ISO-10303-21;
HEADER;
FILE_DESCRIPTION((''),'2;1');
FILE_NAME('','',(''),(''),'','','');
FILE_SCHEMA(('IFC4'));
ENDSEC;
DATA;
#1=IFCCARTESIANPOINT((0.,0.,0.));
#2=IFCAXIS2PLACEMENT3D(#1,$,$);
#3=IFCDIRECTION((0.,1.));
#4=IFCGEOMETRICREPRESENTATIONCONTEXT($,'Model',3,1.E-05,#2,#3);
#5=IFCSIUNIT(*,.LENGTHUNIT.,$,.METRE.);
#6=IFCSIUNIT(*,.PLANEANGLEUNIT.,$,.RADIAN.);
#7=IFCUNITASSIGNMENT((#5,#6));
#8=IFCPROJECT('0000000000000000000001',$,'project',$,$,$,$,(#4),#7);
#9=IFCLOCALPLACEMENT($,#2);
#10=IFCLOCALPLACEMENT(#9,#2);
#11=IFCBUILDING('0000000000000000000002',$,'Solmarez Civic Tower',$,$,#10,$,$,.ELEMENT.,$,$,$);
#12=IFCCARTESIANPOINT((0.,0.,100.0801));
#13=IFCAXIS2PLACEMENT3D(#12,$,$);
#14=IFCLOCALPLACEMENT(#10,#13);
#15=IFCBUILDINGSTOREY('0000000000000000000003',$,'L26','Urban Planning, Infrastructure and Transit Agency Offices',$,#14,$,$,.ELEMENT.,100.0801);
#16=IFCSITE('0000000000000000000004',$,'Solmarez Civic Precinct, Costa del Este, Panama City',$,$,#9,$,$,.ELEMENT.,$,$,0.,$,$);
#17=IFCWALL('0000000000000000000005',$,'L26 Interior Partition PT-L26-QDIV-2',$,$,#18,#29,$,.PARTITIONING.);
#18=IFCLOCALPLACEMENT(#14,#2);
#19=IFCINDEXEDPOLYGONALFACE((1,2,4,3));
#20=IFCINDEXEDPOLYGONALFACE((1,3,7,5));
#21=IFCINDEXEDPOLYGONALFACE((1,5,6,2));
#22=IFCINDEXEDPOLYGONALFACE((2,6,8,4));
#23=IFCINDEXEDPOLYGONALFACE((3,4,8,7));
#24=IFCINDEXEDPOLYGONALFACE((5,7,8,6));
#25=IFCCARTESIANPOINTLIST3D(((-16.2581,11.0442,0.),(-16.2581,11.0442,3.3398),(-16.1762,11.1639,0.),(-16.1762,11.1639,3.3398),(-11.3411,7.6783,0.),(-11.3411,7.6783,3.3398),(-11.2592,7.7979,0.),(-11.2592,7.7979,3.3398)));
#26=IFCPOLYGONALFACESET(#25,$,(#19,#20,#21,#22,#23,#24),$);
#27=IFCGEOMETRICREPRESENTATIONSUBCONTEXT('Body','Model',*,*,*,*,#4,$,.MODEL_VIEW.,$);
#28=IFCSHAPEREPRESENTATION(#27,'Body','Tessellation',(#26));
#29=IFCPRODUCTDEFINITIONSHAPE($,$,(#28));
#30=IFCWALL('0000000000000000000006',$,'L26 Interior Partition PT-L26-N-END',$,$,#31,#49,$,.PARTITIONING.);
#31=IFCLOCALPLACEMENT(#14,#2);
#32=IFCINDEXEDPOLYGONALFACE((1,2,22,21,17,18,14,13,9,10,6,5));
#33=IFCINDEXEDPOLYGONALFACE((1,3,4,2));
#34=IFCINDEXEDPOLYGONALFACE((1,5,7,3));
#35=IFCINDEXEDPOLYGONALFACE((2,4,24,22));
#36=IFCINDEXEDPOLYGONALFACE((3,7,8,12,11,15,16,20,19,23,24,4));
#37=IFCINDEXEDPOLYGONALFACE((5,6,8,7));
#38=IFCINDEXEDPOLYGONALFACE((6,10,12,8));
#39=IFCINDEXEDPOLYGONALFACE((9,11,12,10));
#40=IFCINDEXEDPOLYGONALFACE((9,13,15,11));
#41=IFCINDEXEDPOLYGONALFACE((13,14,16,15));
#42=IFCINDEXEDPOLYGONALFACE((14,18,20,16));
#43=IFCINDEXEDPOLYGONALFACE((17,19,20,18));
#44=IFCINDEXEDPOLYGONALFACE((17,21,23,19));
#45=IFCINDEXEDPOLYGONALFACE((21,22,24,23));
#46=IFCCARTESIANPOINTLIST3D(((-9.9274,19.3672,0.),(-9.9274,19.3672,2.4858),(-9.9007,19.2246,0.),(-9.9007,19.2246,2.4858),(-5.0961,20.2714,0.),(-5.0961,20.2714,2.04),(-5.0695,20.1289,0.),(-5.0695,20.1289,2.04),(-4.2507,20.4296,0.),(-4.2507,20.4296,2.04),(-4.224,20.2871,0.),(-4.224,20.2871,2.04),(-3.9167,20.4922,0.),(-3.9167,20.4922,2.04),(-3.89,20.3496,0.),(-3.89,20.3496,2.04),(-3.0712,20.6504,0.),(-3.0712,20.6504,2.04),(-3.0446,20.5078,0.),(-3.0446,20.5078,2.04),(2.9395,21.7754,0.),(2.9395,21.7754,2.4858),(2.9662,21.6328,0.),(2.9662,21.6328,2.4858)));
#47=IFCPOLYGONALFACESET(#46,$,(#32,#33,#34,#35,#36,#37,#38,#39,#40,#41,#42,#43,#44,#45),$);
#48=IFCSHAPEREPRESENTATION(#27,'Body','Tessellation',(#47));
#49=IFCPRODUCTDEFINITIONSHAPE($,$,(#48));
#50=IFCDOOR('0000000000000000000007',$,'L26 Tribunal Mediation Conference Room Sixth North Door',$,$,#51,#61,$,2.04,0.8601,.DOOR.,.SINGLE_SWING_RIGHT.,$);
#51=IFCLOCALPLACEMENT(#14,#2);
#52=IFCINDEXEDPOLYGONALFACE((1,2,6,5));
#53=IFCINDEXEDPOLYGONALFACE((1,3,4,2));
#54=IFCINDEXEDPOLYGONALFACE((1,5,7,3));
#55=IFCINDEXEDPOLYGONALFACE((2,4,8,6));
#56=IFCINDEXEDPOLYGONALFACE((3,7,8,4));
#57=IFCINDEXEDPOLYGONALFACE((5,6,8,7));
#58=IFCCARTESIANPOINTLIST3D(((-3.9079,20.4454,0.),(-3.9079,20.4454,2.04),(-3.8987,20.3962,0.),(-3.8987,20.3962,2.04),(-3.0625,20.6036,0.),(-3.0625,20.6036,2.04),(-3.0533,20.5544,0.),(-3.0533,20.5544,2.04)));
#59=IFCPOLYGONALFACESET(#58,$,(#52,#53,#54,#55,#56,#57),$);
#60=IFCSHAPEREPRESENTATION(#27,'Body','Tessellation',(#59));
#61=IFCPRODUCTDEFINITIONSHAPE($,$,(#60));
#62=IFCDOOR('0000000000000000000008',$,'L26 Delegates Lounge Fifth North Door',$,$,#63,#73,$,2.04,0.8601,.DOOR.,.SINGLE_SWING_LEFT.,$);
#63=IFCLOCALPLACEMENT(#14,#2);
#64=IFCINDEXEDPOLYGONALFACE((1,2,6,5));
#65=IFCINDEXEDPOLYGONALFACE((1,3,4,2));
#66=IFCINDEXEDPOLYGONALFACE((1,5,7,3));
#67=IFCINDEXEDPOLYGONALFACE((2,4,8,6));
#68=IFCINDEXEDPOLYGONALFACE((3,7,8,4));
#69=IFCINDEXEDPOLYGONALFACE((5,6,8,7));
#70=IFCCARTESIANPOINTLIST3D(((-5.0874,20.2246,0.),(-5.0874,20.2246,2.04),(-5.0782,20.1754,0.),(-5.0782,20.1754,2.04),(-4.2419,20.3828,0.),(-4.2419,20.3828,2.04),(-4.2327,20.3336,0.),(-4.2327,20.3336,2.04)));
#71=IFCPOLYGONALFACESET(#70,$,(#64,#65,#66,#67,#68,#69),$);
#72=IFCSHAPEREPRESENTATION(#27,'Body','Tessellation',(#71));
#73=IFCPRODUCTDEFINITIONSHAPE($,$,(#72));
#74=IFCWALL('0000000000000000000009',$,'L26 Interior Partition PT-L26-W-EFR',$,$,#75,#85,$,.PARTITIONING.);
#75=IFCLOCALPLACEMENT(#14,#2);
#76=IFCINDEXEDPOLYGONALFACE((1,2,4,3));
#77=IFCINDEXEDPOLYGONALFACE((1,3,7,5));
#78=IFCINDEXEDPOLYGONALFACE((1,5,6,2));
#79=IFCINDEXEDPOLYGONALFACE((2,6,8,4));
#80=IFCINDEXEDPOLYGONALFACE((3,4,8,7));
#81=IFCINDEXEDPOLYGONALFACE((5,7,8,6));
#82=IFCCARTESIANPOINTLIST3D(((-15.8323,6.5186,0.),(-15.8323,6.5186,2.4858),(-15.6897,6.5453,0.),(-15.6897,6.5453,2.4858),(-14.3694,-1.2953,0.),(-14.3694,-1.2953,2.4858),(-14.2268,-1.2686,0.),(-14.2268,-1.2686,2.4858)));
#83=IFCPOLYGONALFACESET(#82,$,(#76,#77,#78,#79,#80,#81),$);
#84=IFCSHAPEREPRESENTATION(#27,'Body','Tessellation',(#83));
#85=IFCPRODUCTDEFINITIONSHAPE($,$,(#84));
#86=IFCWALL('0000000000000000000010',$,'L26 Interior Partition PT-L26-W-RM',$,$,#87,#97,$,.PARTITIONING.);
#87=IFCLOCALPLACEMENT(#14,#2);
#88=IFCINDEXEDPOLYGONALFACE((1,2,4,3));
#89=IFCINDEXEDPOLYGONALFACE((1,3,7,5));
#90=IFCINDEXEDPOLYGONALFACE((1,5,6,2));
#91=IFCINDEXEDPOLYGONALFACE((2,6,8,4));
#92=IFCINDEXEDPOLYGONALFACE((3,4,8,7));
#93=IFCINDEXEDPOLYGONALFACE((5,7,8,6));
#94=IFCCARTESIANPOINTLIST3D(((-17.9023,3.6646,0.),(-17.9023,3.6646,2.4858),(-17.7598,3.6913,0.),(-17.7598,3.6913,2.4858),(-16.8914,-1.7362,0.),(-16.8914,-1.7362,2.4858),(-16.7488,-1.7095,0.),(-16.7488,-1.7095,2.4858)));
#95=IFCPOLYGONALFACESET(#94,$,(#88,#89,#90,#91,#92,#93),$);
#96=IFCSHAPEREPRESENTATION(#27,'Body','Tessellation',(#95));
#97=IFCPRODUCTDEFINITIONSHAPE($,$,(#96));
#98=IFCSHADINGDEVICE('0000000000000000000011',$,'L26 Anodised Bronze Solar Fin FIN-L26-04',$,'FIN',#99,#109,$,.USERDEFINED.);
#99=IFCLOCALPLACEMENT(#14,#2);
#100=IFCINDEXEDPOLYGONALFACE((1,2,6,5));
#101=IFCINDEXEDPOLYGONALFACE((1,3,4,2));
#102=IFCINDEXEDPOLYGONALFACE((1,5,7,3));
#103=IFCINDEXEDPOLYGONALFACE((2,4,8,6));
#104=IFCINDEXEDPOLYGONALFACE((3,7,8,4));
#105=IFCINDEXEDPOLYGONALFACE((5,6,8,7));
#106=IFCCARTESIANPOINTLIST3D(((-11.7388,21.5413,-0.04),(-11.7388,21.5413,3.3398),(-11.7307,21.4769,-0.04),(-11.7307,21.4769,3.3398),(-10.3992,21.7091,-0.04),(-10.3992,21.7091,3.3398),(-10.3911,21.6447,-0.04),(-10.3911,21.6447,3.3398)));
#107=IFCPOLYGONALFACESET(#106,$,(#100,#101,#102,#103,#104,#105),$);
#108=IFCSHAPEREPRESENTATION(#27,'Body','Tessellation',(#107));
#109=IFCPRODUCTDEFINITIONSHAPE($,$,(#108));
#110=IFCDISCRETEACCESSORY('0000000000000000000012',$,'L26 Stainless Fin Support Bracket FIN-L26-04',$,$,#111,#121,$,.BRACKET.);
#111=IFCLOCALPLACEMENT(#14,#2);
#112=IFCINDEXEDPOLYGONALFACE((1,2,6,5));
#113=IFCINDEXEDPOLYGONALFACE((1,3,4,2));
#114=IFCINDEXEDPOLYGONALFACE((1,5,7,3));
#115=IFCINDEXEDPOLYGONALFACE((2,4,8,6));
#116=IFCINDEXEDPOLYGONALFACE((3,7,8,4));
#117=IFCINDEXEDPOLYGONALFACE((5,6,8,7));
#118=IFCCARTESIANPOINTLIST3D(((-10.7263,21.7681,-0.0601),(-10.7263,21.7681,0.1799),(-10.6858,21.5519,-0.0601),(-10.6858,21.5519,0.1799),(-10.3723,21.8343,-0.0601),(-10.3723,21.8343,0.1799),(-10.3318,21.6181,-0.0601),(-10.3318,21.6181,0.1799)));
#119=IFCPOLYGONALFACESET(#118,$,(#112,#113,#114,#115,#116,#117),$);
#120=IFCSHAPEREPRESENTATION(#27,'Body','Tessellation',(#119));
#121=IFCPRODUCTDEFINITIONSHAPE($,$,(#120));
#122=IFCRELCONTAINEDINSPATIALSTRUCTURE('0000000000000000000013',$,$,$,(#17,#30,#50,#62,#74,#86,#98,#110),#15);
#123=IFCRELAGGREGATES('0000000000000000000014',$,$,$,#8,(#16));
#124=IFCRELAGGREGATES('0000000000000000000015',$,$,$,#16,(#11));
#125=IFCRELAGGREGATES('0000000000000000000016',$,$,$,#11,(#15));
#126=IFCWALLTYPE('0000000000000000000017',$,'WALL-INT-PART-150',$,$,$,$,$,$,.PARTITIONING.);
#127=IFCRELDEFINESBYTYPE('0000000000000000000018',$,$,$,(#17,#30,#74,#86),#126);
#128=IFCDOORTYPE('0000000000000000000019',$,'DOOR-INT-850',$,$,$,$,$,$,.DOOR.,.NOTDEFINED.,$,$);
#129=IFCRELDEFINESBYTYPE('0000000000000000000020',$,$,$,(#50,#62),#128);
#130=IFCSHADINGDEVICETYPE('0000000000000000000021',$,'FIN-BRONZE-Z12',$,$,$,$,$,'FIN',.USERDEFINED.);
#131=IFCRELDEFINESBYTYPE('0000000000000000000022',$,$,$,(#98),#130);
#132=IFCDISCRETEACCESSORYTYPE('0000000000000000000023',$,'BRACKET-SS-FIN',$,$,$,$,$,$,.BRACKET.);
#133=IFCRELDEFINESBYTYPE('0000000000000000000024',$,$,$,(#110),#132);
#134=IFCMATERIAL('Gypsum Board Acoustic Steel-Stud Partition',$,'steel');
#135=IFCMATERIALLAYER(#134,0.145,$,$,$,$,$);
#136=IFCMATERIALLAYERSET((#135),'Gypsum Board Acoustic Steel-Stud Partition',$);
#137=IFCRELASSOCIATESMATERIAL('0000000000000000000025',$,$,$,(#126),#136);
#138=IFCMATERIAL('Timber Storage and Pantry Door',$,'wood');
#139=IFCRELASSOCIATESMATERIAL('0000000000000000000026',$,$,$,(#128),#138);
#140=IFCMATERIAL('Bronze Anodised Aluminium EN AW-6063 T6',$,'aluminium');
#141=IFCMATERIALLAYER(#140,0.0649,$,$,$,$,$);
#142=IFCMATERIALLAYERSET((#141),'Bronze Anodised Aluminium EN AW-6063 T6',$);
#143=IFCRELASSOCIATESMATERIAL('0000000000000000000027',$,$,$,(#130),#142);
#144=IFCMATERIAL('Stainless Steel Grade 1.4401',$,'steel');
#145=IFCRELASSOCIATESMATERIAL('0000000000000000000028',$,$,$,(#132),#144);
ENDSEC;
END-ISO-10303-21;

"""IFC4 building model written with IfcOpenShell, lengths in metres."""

from ifc_helpers import new_model, si_unit, direction, frame, frame_2d, origin, origin_2d, place, context, subcontext, project, spatial, rectangle, extrude, material, layer, layer_set, type_object, element, fill, save


model = new_model("IFC4")

# Units and contexts
model_context = context("Model", 3, precision=1e-05, world=origin(), true_north=direction((0.0, 1.0)))
body_context = subcontext(model_context, "Body", "Model", "MODEL_VIEW")
ifc_project = project(units=[si_unit("LENGTHUNIT", "METRE"), si_unit("PLANEANGLEUNIT", "RADIAN")], contexts=[model_context])

# Site, building, storey
site_placement = place(None, origin())
site = spatial("IfcSite", under=ifc_project, at=site_placement, Name="Solmarez Civic Precinct, Costa del Este, Panama City", CompositionType="ELEMENT", RefElevation=0.0)
building_placement = place(site_placement, origin())
building = spatial("IfcBuilding", under=site, at=building_placement, Name="Solmarez Civic Tower", CompositionType="ELEMENT")
storey_placement = place(building_placement, frame((0.0, 0.0, 100.0801)))
storey = spatial("IfcBuildingStorey", under=building, at=storey_placement, Name="L26", Description="Urban Planning, Infrastructure and Transit Agency Offices", CompositionType="ELEMENT", Elevation=100.0801)

# Wall
ifc_material_1 = material(Name="Gypsum Board Acoustic Steel-Stud Partition", Category="steel")
ifc_layer_1 = layer(ifc_material_1, 0.145)
ifc_layer_set_1 = layer_set([ifc_layer_1], Name="Gypsum Board Acoustic Steel-Stud Partition")
wall_type_1 = type_object("IfcWallType", Name="WALL-INT-PART-150", PredefinedType="PARTITIONING", material=ifc_layer_set_1)
wall_1_placement = place(storey_placement, frame((-11.3, 7.738, 0.0), z_axis=(0.0, 0.0, 1.0), x_axis=(-0.825174, 0.564879, 0.0)))
element("IfcWall", 1, at=wall_1_placement, inside=storey, type_object=wall_type_1, Name="L26 Interior Partition PT-L26-QDIV-2", PredefinedType="PARTITIONING", context=body_context, shape_type="SweptSolid", body=[
    extrude(rectangle(XDim=5.9587, YDim=0.145, at=frame_2d((2.9795, 0.0))), origin(), (0.0, 0.0, 1.0), 3.3398),
])

# Wall, openings, doors
wall_2_placement = place(storey_placement, frame((-9.9141, 19.2959, 0.0), z_axis=(0.0, 0.0, 1.0), x_axis=(0.982932, 0.183968, 0.0)))
wall_2 = element("IfcWall", 2, at=wall_2_placement, inside=storey, type_object=wall_type_1, Name="L26 Interior Partition PT-L26-N-END", PredefinedType="PARTITIONING", context=body_context, shape_type="SweptSolid", body=[
    extrude(rectangle(XDim=13.0903, YDim=0.145, at=frame_2d((6.5452, 0.0))), origin(), (0.0, 0.0, 1.0), 2.4858),
])
opening_1_placement = place(wall_2_placement, frame((6.115, 0.0, 0.0)))
opening_1 = element("IfcOpeningElement", 3, at=opening_1_placement, cuts=wall_2, PredefinedType="OPENING", context=body_context, shape_type="SweptSolid", body=[
    extrude(rectangle(XDim=0.8601, YDim=2.04, at=frame_2d((0.4302, 1.02))), frame((0.0, 0.0825, 0.0), z_axis=(0.0, -1.0, 0.0), x_axis=(1.0, 0.0, 0.0)), (0.0, 0.0, 1.0), 0.165),
])
opening_2_placement = place(wall_2_placement, frame((4.915, 0.0, 0.0)))
opening_2 = element("IfcOpeningElement", 4, at=opening_2_placement, cuts=wall_2, PredefinedType="OPENING", context=body_context, shape_type="SweptSolid", body=[
    extrude(rectangle(XDim=0.8601, YDim=2.04, at=frame_2d((0.4302, 1.02))), frame((0.0, 0.0825, 0.0), z_axis=(0.0, -1.0, 0.0), x_axis=(1.0, 0.0, 0.0)), (0.0, 0.0, 1.0), 0.165),
])
ifc_material_2 = material(Name="Timber Storage and Pantry Door", Category="wood")
door_type = type_object("IfcDoorType", Name="DOOR-INT-850", OperationType="NOTDEFINED", PredefinedType="DOOR", material=ifc_material_2)
door_1_placement = place(opening_1_placement, origin())
door_1 = element("IfcDoor", 5, at=door_1_placement, inside=storey, type_object=door_type, Name="L26 Tribunal Mediation Conference Room Sixth North Door", OperationType="SINGLE_SWING_RIGHT", OverallHeight=2.04, OverallWidth=0.8601, PredefinedType="DOOR", context=body_context, shape_type="SweptSolid", body=[
    extrude(rectangle(XDim=0.8601, YDim=2.04, at=frame_2d((0.4302, 1.02))), frame((0.0, 0.0249, 0.0), z_axis=(0.0, -1.0, 0.0), x_axis=(1.0, 0.0, 0.0)), (0.0, 0.0, 1.0), 0.05),
])
fill(opening_1, door_1)
door_2_placement = place(opening_2_placement, origin())
door_2 = element("IfcDoor", 6, at=door_2_placement, inside=storey, type_object=door_type, Name="L26 Delegates Lounge Fifth North Door", OperationType="SINGLE_SWING_LEFT", OverallHeight=2.04, OverallWidth=0.8601, PredefinedType="DOOR", context=body_context, shape_type="SweptSolid", body=[
    extrude(rectangle(XDim=0.8601, YDim=2.04, at=frame_2d((0.4302, 1.02))), frame((0.0, 0.0249, 0.0), z_axis=(0.0, -1.0, 0.0), x_axis=(1.0, 0.0, 0.0)), (0.0, 0.0, 1.0), 0.05),
])
fill(opening_2, door_2)

# Walls
wall_3_placement = place(storey_placement, frame((-15.761, 6.532, 0.0), z_axis=(0.0, 0.0, 1.0), x_axis=(0.184018, -0.982923, 0.0)))
element("IfcWall", 7, at=wall_3_placement, inside=storey, type_object=wall_type_1, Name="L26 Interior Partition PT-L26-W-EFR", PredefinedType="PARTITIONING", context=body_context, shape_type="SweptSolid", body=[
    extrude(rectangle(XDim=7.9497, YDim=0.145, at=frame_2d((3.9749, 0.0))), origin(), (0.0, 0.0, 1.0), 2.4858),
])
wall_4_placement = place(storey_placement, frame((-17.8311, 3.678, 0.0), z_axis=(0.0, 0.0, 1.0), x_axis=(0.183993, -0.982927, 0.0)))
element("IfcWall", 8, at=wall_4_placement, inside=storey, type_object=wall_type_1, Name="L26 Interior Partition PT-L26-W-RM", PredefinedType="PARTITIONING", context=body_context, shape_type="SweptSolid", body=[
    extrude(rectangle(XDim=5.4946, YDim=0.145, at=frame_2d((2.7473, 0.0))), origin(), (0.0, 0.0, 1.0), 2.4858),
])

# Shading device
ifc_material_3 = material(Name="Bronze Anodised Aluminium EN AW-6063 T6", Category="aluminium")
ifc_layer_2 = layer(ifc_material_3, 0.0649)
ifc_layer_set_2 = layer_set([ifc_layer_2], Name="Bronze Anodised Aluminium EN AW-6063 T6")
shading_device_type = type_object("IfcShadingDeviceType", Name="FIN-BRONZE-Z12", ElementType="FIN", PredefinedType="USERDEFINED", material=ifc_layer_set_2)
shading_device_placement = place(storey_placement, frame((-11.0649, 21.593, -0.04), z_axis=(0.0, 0.0, 1.0), x_axis=(-0.992248, -0.124277, 0.0)))
element("IfcShadingDevice", 9, at=shading_device_placement, inside=storey, type_object=shading_device_type, Name="L26 Anodised Bronze Solar Fin FIN-L26-04", ObjectType="FIN", PredefinedType="USERDEFINED", context=body_context, shape_type="SweptSolid", body=[
    extrude(rectangle(XDim=1.3501, YDim=0.0649, at=origin_2d()), origin(), (0.0, 0.0, 1.0), 3.3799),
])

# Discrete accessory
ifc_material_4 = material(Name="Stainless Steel Grade 1.4401", Category="steel")
discrete_accessory_type = type_object("IfcDiscreteAccessoryType", Name="BRACKET-SS-FIN", PredefinedType="BRACKET", material=ifc_material_4)
discrete_accessory_placement = place(storey_placement, frame((-10.5291, 21.6931, -0.0601), z_axis=(0.0, 0.0, 1.0), x_axis=(-0.982935, -0.183955, 0.0)))
element("IfcDiscreteAccessory", 10, at=discrete_accessory_placement, inside=storey, type_object=discrete_accessory_type, Name="L26 Stainless Fin Support Bracket FIN-L26-04", PredefinedType="BRACKET", context=body_context, shape_type="SweptSolid", body=[
    extrude(rectangle(XDim=0.3601, YDim=0.22, at=origin_2d()), origin(), (0.0, 0.0, 1.0), 0.24),
])

save(model, "model.ifc")
